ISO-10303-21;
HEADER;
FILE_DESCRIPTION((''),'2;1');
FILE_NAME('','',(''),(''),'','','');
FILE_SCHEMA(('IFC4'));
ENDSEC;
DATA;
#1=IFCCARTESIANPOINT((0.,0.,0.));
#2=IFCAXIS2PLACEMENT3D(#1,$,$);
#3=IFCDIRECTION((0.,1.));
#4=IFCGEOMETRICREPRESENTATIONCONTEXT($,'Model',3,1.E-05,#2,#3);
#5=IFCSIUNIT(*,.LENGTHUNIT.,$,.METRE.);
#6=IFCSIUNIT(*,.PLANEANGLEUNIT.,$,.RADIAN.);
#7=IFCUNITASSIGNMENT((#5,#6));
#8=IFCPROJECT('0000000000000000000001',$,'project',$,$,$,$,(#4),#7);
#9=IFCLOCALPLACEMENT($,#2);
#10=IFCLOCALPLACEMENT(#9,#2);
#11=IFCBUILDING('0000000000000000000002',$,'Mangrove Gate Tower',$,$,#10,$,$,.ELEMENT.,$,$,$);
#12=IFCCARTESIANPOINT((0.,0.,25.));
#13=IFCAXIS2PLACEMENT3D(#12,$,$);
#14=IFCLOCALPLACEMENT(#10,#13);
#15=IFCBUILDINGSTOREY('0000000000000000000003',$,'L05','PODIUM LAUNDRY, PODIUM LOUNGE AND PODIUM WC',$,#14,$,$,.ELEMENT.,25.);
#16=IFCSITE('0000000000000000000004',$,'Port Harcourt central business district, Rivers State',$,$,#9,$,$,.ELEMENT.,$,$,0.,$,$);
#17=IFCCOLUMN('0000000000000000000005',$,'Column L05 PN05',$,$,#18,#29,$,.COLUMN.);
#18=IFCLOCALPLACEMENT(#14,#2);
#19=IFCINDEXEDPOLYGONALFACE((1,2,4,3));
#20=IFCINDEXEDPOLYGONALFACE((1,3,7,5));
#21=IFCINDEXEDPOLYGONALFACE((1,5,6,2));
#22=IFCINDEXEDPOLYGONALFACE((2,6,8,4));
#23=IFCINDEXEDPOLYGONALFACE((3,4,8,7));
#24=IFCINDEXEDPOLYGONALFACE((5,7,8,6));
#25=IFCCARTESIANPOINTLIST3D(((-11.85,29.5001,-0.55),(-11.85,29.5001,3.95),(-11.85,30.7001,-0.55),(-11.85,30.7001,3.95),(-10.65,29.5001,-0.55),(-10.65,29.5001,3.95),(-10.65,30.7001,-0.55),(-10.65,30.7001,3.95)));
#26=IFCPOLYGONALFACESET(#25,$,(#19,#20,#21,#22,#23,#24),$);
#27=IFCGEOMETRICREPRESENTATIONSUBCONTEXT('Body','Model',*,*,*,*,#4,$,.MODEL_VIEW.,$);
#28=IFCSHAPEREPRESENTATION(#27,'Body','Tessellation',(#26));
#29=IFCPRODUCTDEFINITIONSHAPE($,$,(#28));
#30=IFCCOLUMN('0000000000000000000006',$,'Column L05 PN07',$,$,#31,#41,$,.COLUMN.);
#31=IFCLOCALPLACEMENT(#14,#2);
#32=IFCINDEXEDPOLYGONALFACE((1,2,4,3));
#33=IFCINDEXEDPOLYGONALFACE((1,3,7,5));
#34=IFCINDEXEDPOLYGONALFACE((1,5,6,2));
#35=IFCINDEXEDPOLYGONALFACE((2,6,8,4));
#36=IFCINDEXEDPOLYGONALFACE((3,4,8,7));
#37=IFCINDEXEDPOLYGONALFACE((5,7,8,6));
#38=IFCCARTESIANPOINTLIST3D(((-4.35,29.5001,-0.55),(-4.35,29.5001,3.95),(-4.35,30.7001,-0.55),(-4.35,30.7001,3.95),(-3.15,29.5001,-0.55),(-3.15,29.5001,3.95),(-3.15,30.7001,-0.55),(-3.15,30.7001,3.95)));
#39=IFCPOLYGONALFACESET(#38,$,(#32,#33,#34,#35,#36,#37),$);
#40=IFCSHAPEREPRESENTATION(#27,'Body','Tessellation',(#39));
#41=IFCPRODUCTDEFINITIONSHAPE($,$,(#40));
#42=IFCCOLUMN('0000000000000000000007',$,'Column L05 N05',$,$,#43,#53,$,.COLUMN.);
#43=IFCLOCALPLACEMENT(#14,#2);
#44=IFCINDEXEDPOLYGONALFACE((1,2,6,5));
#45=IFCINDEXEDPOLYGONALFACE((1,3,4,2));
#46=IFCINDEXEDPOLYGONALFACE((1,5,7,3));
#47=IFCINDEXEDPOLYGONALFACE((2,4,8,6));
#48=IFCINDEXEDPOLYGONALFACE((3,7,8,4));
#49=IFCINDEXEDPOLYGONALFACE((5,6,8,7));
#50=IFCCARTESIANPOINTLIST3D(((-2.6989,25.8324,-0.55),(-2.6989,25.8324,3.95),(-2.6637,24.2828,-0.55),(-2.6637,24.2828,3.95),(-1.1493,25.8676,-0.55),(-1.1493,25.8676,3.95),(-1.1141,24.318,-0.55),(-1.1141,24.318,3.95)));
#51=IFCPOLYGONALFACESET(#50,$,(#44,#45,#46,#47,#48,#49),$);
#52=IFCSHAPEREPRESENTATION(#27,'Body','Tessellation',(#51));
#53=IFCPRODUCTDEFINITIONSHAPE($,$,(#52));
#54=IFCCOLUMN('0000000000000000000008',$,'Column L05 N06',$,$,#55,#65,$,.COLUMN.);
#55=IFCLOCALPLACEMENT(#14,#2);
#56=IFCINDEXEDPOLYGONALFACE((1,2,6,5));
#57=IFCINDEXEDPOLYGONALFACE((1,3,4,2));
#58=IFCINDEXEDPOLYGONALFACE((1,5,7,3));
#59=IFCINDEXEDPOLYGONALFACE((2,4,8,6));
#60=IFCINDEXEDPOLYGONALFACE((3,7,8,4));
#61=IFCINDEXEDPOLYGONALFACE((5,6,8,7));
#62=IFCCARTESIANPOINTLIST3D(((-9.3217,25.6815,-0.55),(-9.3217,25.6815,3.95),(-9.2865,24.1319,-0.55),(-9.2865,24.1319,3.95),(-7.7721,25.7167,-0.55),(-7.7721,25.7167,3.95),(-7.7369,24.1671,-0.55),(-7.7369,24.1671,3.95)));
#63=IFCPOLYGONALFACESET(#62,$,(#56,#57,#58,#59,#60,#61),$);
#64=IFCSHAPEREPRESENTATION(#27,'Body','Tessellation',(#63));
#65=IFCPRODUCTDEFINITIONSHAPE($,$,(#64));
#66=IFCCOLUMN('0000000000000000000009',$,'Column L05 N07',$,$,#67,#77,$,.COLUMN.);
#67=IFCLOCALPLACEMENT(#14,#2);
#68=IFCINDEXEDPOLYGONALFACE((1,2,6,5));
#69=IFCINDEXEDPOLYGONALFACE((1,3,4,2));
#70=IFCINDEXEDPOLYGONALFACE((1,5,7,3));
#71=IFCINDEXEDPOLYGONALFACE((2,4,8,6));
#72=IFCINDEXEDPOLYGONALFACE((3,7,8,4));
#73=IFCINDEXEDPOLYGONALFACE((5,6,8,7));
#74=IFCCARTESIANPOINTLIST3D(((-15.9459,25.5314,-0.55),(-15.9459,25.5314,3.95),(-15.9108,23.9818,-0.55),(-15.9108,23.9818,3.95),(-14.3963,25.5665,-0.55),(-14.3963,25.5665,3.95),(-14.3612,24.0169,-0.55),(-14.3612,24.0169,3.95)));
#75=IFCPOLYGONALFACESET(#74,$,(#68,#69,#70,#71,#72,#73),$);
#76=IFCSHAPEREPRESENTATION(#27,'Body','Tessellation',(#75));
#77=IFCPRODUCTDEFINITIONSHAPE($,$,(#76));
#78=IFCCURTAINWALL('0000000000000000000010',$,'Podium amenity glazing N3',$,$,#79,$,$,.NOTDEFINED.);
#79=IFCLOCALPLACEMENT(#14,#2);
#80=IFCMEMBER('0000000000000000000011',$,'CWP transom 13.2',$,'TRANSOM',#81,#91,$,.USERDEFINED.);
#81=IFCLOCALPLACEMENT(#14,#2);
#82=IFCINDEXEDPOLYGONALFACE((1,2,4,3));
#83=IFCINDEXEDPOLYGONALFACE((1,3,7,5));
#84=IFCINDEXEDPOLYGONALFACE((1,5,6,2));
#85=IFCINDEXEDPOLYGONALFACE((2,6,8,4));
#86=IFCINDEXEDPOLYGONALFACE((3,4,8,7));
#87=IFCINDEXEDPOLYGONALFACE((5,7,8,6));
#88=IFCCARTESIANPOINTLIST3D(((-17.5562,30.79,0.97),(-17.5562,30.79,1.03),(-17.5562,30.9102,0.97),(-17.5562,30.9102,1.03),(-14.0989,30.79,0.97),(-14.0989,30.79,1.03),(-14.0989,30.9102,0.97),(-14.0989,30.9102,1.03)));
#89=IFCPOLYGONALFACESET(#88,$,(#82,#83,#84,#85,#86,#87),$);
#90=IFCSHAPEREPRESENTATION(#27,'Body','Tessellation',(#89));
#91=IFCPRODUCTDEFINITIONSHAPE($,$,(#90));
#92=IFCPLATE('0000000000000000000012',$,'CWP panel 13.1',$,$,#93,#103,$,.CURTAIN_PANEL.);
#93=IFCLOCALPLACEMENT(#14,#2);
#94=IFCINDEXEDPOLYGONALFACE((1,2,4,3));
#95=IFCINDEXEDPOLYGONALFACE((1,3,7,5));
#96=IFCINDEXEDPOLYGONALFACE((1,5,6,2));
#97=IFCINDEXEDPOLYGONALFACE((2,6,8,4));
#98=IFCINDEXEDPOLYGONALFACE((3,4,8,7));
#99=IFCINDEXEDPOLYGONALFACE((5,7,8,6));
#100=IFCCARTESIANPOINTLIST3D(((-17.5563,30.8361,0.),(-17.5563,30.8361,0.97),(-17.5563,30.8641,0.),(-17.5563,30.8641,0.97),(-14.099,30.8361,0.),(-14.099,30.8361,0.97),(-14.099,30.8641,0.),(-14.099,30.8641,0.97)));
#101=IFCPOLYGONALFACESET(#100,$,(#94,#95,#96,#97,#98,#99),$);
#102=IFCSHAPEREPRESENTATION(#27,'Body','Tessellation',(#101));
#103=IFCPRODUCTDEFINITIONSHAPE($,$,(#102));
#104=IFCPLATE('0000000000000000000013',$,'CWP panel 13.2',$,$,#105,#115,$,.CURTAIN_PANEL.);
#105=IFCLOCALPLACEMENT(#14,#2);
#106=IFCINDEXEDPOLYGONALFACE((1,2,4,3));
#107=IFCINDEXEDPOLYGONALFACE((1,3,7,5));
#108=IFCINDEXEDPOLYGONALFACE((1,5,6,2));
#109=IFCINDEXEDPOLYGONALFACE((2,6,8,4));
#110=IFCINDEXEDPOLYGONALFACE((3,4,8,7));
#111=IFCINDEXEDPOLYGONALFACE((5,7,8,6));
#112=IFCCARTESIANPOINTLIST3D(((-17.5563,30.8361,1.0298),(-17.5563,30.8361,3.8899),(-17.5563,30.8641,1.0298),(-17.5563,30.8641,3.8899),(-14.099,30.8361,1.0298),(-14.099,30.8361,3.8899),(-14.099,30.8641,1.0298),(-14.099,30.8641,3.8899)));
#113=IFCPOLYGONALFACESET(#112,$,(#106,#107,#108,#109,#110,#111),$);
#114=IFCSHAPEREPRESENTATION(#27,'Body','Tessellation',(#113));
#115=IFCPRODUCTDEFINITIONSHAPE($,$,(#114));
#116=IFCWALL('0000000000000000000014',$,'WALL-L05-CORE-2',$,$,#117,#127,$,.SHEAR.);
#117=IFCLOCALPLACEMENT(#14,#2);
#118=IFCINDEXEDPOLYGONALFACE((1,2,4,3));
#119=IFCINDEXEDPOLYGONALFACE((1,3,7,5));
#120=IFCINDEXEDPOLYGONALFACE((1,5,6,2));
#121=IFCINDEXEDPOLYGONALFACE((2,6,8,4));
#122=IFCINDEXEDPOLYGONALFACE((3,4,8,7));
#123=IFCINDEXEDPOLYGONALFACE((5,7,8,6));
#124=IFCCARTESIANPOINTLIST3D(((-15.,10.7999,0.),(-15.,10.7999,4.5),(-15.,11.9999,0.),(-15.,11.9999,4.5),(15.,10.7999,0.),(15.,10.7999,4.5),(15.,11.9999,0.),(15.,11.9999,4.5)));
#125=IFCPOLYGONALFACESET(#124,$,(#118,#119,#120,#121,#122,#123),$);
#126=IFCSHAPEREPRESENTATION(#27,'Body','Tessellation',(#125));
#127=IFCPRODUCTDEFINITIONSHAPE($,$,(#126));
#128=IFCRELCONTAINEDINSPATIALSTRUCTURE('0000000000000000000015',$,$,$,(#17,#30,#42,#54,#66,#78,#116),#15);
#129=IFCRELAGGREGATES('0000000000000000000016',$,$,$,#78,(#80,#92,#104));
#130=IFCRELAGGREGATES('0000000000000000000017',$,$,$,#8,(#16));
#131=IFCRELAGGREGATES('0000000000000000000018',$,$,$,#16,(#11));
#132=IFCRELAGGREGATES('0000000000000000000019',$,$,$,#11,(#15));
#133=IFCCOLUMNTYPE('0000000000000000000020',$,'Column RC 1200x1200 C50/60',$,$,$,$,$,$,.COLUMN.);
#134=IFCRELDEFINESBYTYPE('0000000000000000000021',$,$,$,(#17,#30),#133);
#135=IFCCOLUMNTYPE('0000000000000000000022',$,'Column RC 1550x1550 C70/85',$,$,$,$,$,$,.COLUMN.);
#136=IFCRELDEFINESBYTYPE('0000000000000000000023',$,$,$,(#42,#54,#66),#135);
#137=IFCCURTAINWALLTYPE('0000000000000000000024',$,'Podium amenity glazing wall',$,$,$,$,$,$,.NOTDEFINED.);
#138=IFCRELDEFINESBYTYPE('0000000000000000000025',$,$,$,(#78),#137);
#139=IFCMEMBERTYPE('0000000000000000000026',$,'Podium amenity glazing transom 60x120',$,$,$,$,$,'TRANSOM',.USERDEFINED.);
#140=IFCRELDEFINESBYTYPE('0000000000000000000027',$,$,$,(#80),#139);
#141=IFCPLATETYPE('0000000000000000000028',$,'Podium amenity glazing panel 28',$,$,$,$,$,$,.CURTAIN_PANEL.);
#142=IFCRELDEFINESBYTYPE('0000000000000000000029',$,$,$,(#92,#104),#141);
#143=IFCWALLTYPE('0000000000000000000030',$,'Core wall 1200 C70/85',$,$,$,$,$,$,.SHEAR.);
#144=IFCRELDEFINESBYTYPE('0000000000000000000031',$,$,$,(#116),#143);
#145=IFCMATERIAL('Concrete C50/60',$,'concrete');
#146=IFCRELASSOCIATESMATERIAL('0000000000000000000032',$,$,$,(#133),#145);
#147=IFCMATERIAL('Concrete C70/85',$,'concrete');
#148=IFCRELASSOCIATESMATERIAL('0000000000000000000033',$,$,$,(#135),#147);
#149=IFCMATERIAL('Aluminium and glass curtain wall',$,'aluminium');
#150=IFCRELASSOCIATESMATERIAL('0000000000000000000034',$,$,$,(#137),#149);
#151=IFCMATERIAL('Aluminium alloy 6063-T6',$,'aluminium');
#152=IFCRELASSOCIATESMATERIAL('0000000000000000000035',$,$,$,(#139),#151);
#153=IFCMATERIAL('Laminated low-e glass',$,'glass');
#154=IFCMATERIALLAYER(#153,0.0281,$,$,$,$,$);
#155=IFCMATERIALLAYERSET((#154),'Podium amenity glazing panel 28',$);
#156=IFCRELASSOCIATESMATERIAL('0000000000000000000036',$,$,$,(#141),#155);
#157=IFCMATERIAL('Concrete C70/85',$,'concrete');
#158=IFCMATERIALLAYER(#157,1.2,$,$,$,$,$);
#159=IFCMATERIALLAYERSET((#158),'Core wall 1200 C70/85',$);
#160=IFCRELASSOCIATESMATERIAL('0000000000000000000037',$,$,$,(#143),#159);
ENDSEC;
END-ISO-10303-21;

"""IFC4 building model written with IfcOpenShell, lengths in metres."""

from ifc_helpers import new_model, si_unit, direction, frame, frame_2d, origin, origin_2d, place, context, subcontext, project, spatial, rectangle, extrude, material, layer, layer_set, material_profile, profile_set, type_object, element, aggregate, save


model = new_model("IFC4")

# Units and contexts
model_context = context("Model", 3, precision=1e-05, world=origin(), true_north=direction((0.0, 1.0)))
body_context = subcontext(model_context, "Body", "Model", "MODEL_VIEW")
ifc_project = project(units=[si_unit("LENGTHUNIT", "METRE"), si_unit("PLANEANGLEUNIT", "RADIAN")], contexts=[model_context])

# Site, building, storey
site_placement = place(None, origin())
site = spatial("IfcSite", under=ifc_project, at=site_placement, Name="Port Harcourt central business district, Rivers State", CompositionType="ELEMENT", RefElevation=0.0)
building_placement = place(site_placement, origin())
building = spatial("IfcBuilding", under=site, at=building_placement, Name="Mangrove Gate Tower", CompositionType="ELEMENT")
storey_placement = place(building_placement, frame((0.0, 0.0, 25.0)))
storey = spatial("IfcBuildingStorey", under=building, at=storey_placement, Name="L05", Description="PODIUM LAUNDRY, PODIUM LOUNGE AND PODIUM WC", CompositionType="ELEMENT", Elevation=25.0)

# Columns
ifc_material_1 = material(Name="Concrete C50/60", Category="concrete")
ifc_material_profile_1 = material_profile(ifc_material_1, rectangle(XDim=1.2, YDim=1.2, at=origin_2d()))
ifc_profile_set_1 = profile_set([ifc_material_profile_1], Name="Concrete C50/60")
column_type_1 = type_object("IfcColumnType", Name="Column RC 1200x1200 C50/60", PredefinedType="COLUMN", material=ifc_profile_set_1)
for number, where, z_axis, x_axis, name in (
    (1, (-11.25, 30.1001, -0.55), (0.0, 0.0, 1.0), (1.0, 0.0, 0.0), "Column L05 PN05"),
    (2, (-3.75, 30.1001, -0.55), (0.0, 0.0, 1.0), (1.0, 0.0, 0.0), "Column L05 PN07"),
):
    element("IfcColumn", number, at=place(storey_placement, frame(where, z_axis=z_axis, x_axis=x_axis)), inside=storey, type_object=column_type_1, Name=name, PredefinedType="COLUMN", context=body_context, shape_type="SweptSolid", body=[
        extrude(rectangle(XDim=1.2, YDim=1.2, at=origin_2d()), origin(), (0.0, 0.0, 1.0), 4.5),
    ])
ifc_material_2 = material(Name="Concrete C70/85", Category="concrete")
ifc_material_profile_2 = material_profile(ifc_material_2, rectangle(XDim=1.55, YDim=1.55, at=origin_2d()))
ifc_profile_set_2 = profile_set([ifc_material_profile_2], Name="Concrete C70/85")
column_type_2 = type_object("IfcColumnType", Name="Column RC 1550x1550 C70/85", PredefinedType="COLUMN", material=ifc_profile_set_2)
for number, where, z_axis, x_axis, name in (
    (3, (-1.9065, 25.0752, -0.55), (0.0, 0.0, 1.0), (-0.999742, -0.022718, 0.0), "Column L05 N05"),
    (4, (-8.5293, 24.9243, -0.55), (0.0, 0.0, 1.0), (-0.999742, -0.022716, 0.0), "Column L05 N06"),
    (5, (-15.1536, 24.7742, -0.55), (0.0, 0.0, 1.0), (-0.999744, -0.022641, 0.0), "Column L05 N07"),
):
    element("IfcColumn", number, at=place(storey_placement, frame(where, z_axis=z_axis, x_axis=x_axis)), inside=storey, type_object=column_type_2, Name=name, PredefinedType="COLUMN", context=body_context, shape_type="SweptSolid", body=[
        extrude(rectangle(XDim=1.55, YDim=1.55, at=origin_2d()), origin(), (0.0, 0.0, 1.0), 4.5),
    ])

# Curtain wall, member, plates
ifc_material_3 = material(Name="Aluminium and glass curtain wall", Category="aluminium")
curtain_wall_type = type_object("IfcCurtainWallType", Name="Podium amenity glazing wall", PredefinedType="NOTDEFINED", material=ifc_material_3)
curtain_wall_placement = place(storey_placement, origin())
curtain_wall = element("IfcCurtainWall", 6, at=curtain_wall_placement, inside=storey, type_object=curtain_wall_type, Name="Podium amenity glazing N3", PredefinedType="NOTDEFINED")
ifc_material_4 = material(Name="Aluminium alloy 6063-T6", Category="aluminium")
ifc_material_profile_3 = material_profile(ifc_material_4, rectangle(XDim=0.0601, YDim=0.1201, at=origin_2d()))
ifc_profile_set_3 = profile_set([ifc_material_profile_3], Name="Aluminium alloy 6063-T6")
member_type = type_object("IfcMemberType", Name="Podium amenity glazing transom 60x120", ElementType="TRANSOM", PredefinedType="USERDEFINED", material=ifc_profile_set_3)
member_placement = place(storey_placement, frame((-14.0989, 30.8501, 1.0), z_axis=(-1.0, 0.0, 0.0), x_axis=(0.0, 0.0, 1.0)))
member = element("IfcMember", 7, at=member_placement, type_object=member_type, Name="CWP transom 13.2", ObjectType="TRANSOM", PredefinedType="USERDEFINED", context=body_context, shape_type="SweptSolid", body=[
    extrude(rectangle(XDim=0.0601, YDim=0.1201, at=origin_2d()), origin(), (0.0, 0.0, 1.0), 3.4573),
])
ifc_material_5 = material(Name="Laminated low-e glass", Category="glass")
ifc_layer_1 = layer(ifc_material_5, 0.0281)
ifc_layer_set_1 = layer_set([ifc_layer_1], Name="Podium amenity glazing panel 28")
plate_type = type_object("IfcPlateType", Name="Podium amenity glazing panel 28", PredefinedType="CURTAIN_PANEL", material=ifc_layer_set_1)
plate_1_placement = place(storey_placement, frame((-15.8276, 30.8501, 0.0), z_axis=(0.0, 0.0, 1.0), x_axis=(-1.0, 0.0, 0.0)))
plate_1 = element("IfcPlate", 8, at=plate_1_placement, type_object=plate_type, Name="CWP panel 13.1", PredefinedType="CURTAIN_PANEL", context=body_context, shape_type="SweptSolid", body=[
    extrude(rectangle(XDim=3.4573, YDim=0.0281, at=origin_2d()), origin(), (0.0, 0.0, 1.0), 0.97),
])
plate_2_placement = place(storey_placement, frame((-15.8276, 30.8501, 1.0298), z_axis=(0.0, 0.0, 1.0), x_axis=(-1.0, 0.0, 0.0)))
plate_2 = element("IfcPlate", 9, at=plate_2_placement, type_object=plate_type, Name="CWP panel 13.2", PredefinedType="CURTAIN_PANEL", context=body_context, shape_type="SweptSolid", body=[
    extrude(rectangle(XDim=3.4573, YDim=0.0281, at=origin_2d()), origin(), (0.0, 0.0, 1.0), 2.8601),
])
aggregate(curtain_wall, [member, plate_1, plate_2])

# Wall
ifc_material_6 = material(Name="Concrete C70/85", Category="concrete")
ifc_layer_2 = layer(ifc_material_6, 1.2)
ifc_layer_set_2 = layer_set([ifc_layer_2], Name="Core wall 1200 C70/85")
wall_type_1 = type_object("IfcWallType", Name="Core wall 1200 C70/85", PredefinedType="SHEAR", material=ifc_layer_set_2)
wall_1_placement = place(storey_placement, frame((-15.0, 11.3999, 0.0), z_axis=(0.0, 0.0, 1.0), x_axis=(1.0, 0.0, 0.0)))
element("IfcWall", 10, at=wall_1_placement, inside=storey, type_object=wall_type_1, Name="WALL-L05-CORE-2", PredefinedType="SHEAR", context=body_context, shape_type="SweptSolid", body=[
    extrude(rectangle(XDim=30.0, YDim=1.2, at=frame_2d((15.0, 0.0))), origin(), (0.0, 0.0, 1.0), 4.5),
])

save(model, "model.ifc")
